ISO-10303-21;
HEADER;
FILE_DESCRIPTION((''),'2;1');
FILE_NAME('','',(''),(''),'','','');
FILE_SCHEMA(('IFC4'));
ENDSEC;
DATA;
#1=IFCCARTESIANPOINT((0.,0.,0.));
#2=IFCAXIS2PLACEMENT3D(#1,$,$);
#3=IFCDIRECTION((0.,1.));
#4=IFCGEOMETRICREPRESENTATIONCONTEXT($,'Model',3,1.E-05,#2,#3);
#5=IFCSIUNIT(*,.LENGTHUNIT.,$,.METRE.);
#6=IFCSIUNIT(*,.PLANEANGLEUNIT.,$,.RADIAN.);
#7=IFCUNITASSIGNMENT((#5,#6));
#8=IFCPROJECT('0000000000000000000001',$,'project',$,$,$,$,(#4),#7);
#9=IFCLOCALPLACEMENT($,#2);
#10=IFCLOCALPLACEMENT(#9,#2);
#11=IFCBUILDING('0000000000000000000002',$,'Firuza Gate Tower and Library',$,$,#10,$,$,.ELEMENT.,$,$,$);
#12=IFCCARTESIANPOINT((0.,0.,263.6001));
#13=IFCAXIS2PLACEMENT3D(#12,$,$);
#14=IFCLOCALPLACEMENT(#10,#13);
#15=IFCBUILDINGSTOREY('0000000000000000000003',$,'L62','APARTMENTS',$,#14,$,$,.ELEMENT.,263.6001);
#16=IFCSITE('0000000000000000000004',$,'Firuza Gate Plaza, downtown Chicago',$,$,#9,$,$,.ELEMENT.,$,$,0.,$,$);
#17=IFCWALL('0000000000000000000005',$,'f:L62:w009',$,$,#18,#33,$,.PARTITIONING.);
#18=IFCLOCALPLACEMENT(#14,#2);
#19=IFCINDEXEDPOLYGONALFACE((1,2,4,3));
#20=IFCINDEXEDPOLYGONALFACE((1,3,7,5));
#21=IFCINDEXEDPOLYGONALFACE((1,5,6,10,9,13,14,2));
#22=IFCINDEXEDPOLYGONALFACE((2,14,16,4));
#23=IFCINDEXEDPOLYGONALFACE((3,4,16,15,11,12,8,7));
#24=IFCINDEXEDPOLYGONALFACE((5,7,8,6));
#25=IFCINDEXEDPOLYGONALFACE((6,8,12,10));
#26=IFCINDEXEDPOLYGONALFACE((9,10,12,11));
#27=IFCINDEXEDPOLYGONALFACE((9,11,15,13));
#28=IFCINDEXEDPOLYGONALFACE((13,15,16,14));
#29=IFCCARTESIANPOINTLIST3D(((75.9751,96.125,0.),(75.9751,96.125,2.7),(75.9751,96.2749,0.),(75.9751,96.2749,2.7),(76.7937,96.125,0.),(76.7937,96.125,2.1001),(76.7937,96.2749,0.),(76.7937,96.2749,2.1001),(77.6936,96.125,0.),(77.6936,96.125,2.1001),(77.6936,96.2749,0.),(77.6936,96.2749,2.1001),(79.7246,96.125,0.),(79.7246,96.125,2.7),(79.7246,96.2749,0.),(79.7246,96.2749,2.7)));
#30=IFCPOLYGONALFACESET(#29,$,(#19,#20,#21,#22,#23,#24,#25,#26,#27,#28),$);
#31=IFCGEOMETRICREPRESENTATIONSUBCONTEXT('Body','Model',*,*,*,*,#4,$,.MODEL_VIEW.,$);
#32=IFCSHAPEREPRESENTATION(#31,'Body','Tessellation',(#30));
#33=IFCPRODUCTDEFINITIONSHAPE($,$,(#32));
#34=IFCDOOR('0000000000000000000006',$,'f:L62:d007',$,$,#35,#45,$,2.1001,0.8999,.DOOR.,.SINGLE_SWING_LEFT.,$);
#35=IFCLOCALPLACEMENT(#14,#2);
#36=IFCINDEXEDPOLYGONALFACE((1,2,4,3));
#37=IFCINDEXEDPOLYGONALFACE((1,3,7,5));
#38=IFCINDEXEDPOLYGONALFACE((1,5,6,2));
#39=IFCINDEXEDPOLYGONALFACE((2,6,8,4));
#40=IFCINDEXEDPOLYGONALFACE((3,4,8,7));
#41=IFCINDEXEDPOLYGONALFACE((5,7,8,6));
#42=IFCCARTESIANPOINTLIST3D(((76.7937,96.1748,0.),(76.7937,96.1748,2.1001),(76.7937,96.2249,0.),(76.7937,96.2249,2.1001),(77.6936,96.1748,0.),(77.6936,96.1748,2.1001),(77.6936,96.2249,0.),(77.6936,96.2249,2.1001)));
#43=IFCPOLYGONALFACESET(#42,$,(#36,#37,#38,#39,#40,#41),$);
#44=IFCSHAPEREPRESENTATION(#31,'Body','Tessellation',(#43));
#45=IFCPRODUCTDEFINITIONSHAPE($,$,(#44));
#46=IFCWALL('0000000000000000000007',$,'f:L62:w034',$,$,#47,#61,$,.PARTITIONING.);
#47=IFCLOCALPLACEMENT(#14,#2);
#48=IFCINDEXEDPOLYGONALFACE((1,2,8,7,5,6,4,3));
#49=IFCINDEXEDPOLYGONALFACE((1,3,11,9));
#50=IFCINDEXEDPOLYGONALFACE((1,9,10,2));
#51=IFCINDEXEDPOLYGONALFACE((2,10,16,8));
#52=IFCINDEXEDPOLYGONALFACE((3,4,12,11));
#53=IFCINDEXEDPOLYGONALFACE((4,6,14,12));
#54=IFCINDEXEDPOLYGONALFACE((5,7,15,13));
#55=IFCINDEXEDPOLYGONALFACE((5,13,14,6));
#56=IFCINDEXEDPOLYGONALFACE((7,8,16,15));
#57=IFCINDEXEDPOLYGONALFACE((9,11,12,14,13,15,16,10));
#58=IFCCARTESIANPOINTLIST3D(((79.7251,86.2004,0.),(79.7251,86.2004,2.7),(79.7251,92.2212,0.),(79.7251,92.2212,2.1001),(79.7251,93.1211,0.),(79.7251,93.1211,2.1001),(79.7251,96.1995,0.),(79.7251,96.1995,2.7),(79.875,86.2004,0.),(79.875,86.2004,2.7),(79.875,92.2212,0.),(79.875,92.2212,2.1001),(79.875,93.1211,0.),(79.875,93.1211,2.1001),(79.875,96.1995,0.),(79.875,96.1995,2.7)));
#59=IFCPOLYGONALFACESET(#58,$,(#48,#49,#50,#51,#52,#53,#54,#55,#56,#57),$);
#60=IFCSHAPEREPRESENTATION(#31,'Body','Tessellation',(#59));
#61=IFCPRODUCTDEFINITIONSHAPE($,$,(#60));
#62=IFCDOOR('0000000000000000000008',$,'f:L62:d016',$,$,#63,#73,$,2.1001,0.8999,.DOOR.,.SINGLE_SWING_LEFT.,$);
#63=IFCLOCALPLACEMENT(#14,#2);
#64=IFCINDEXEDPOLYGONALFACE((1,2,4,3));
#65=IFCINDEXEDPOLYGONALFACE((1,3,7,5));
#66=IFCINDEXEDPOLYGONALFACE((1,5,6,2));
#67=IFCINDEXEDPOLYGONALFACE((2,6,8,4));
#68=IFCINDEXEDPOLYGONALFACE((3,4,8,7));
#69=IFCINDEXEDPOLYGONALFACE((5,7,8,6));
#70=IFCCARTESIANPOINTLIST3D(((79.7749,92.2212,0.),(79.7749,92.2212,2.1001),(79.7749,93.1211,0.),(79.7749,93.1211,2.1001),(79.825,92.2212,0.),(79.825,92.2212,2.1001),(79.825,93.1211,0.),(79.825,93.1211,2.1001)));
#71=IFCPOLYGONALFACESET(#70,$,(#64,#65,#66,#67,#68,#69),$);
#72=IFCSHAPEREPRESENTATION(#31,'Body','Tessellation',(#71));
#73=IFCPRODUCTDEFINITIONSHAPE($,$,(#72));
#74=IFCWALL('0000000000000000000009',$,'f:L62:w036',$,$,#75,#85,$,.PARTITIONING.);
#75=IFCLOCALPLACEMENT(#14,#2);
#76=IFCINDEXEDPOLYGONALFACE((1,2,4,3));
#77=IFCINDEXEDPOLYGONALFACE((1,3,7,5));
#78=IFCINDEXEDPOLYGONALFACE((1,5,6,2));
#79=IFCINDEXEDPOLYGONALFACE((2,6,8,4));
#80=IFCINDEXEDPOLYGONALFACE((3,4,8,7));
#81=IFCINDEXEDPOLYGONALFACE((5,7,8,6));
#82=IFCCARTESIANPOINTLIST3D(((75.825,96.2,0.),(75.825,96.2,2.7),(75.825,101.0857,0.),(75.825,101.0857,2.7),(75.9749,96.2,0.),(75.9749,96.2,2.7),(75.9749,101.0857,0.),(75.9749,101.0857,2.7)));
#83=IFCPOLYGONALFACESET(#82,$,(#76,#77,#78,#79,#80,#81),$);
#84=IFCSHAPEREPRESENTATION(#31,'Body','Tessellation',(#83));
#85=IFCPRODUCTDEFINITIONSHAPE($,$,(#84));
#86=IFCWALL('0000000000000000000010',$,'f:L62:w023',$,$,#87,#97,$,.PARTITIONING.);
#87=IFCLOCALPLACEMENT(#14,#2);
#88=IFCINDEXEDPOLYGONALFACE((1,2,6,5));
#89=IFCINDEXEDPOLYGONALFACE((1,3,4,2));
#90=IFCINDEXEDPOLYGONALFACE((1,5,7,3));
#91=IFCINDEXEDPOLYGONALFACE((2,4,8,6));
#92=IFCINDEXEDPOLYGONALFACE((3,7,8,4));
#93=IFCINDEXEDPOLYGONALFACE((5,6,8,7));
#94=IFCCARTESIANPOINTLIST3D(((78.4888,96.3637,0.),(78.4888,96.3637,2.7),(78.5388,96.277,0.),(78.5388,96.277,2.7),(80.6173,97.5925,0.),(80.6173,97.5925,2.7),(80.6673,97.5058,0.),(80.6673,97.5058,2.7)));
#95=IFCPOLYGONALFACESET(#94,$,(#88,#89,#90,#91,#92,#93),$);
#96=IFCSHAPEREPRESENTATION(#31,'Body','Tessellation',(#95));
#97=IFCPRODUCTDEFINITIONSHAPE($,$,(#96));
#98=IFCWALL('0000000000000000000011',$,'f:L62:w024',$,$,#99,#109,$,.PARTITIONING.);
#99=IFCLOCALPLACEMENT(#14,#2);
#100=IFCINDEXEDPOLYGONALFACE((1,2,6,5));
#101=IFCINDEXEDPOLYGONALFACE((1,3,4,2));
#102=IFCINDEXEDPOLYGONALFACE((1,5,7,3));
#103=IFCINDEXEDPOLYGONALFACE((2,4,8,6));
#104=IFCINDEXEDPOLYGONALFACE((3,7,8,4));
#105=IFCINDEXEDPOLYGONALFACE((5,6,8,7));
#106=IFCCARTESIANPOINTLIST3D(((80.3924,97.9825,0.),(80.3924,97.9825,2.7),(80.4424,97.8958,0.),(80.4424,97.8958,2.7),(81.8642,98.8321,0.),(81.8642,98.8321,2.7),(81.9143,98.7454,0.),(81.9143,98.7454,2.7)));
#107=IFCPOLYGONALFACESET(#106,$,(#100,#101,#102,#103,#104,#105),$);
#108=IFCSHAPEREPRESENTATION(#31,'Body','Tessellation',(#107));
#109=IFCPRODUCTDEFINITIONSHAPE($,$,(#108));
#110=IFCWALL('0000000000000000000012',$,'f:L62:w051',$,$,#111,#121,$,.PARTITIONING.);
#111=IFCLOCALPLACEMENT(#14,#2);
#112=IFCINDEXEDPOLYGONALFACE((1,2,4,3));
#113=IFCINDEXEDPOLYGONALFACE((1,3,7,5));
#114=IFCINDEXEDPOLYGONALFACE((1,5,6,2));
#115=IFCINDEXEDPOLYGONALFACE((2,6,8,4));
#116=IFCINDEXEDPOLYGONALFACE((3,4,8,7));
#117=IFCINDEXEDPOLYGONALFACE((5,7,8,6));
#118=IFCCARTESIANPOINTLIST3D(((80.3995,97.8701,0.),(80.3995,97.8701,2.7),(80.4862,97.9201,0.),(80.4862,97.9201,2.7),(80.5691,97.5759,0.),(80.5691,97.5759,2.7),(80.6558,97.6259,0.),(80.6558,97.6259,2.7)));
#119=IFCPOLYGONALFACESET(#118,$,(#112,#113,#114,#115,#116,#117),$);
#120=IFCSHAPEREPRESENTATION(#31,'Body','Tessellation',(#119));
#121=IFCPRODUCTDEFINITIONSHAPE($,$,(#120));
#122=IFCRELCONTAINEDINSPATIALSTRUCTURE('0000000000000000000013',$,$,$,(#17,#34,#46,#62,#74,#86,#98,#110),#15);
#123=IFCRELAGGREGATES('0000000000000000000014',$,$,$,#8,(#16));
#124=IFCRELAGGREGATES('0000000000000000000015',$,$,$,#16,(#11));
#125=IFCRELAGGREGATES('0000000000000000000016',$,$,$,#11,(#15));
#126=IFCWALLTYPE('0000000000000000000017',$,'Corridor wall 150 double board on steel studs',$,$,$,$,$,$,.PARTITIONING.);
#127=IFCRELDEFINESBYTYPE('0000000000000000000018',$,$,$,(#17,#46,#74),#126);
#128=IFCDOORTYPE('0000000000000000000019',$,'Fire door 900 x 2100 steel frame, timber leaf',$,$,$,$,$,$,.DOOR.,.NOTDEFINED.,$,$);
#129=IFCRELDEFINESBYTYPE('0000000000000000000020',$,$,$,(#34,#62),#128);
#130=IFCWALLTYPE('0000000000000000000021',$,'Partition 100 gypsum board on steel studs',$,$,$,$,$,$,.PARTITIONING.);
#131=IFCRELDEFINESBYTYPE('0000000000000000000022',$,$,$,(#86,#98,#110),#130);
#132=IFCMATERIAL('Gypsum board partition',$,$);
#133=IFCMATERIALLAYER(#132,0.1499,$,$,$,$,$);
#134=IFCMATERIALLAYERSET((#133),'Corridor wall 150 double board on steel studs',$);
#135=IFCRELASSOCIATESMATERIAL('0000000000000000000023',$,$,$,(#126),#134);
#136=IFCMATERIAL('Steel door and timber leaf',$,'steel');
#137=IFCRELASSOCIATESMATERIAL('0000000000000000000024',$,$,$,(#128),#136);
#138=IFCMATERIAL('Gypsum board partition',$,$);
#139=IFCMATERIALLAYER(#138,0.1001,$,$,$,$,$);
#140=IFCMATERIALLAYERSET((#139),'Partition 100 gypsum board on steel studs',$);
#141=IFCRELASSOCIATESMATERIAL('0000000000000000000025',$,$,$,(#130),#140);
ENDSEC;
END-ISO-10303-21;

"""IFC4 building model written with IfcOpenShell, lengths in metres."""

from ifc_helpers import new_model, si_unit, direction, frame, frame_2d, origin, place, context, subcontext, project, spatial, rectangle, extrude, material, layer, layer_set, type_object, element, fill, save


model = new_model("IFC4")

# Units and contexts
model_context = context("Model", 3, precision=1e-05, world=origin(), true_north=direction((0.0, 1.0)))
body_context = subcontext(model_context, "Body", "Model", "MODEL_VIEW")
ifc_project = project(units=[si_unit("LENGTHUNIT", "METRE"), si_unit("PLANEANGLEUNIT", "RADIAN")], contexts=[model_context])

# Site, building, storey
site_placement = place(None, origin())
site = spatial("IfcSite", under=ifc_project, at=site_placement, Name="Firuza Gate Plaza, downtown Chicago", CompositionType="ELEMENT", RefElevation=0.0)
building_placement = place(site_placement, origin())
building = spatial("IfcBuilding", under=site, at=building_placement, Name="Firuza Gate Tower and Library", CompositionType="ELEMENT")
storey_placement = place(building_placement, frame((0.0, 0.0, 263.6001)))
storey = spatial("IfcBuildingStorey", under=building, at=storey_placement, Name="L62", Description="APARTMENTS", CompositionType="ELEMENT", Elevation=263.6001)

# Walls, openings, doors
ifc_material_1 = material(Name="Gypsum board partition")
ifc_layer_1 = layer(ifc_material_1, 0.1499)
ifc_layer_set_1 = layer_set([ifc_layer_1], Name="Corridor wall 150 double board on steel studs")
wall_type_1 = type_object("IfcWallType", Name="Corridor wall 150 double board on steel studs", PredefinedType="PARTITIONING", material=ifc_layer_set_1)
wall_1_placement = place(storey_placement, frame((75.9751, 96.2, 0.0), z_axis=(0.0, 0.0, 1.0), x_axis=(1.0, 0.0, 0.0)))
wall_1 = element("IfcWall", 1, at=wall_1_placement, inside=storey, type_object=wall_type_1, Name="f:L62:w009", PredefinedType="PARTITIONING", context=body_context, shape_type="SweptSolid", body=[
    extrude(rectangle(XDim=3.7495, YDim=0.1499, at=frame_2d((1.8748, 0.0))), origin(), (0.0, 0.0, 1.0), 2.7),
])
opening_1_placement = place(wall_1_placement, frame((0.8186, 0.0, 0.0)))
opening_1 = element("IfcOpeningElement", 2, at=opening_1_placement, cuts=wall_1, PredefinedType="OPENING", context=body_context, shape_type="SweptSolid", body=[
    extrude(rectangle(XDim=0.8999, YDim=2.1001, at=frame_2d((0.45, 1.05))), frame((0.0, 0.085, 0.0), z_axis=(0.0, -1.0, 0.0), x_axis=(1.0, 0.0, 0.0)), (0.0, 0.0, 1.0), 0.1699),
])
ifc_material_2 = material(Name="Steel door and timber leaf", Category="steel")
door_type = type_object("IfcDoorType", Name="Fire door 900 x 2100 steel frame, timber leaf", OperationType="NOTDEFINED", PredefinedType="DOOR", material=ifc_material_2)
door_1_placement = place(opening_1_placement, origin())
door_1 = element("IfcDoor", 3, at=door_1_placement, inside=storey, type_object=door_type, Name="f:L62:d007", OperationType="SINGLE_SWING_LEFT", OverallHeight=2.1001, OverallWidth=0.8999, PredefinedType="DOOR", context=body_context, shape_type="SweptSolid", body=[
    extrude(rectangle(XDim=0.8999, YDim=2.1001, at=frame_2d((0.45, 1.05))), frame((0.0, 0.0249, 0.0), z_axis=(0.0, -1.0, 0.0), x_axis=(1.0, 0.0, 0.0)), (0.0, 0.0, 1.0), 0.05),
])
fill(opening_1, door_1)
wall_2_placement = place(storey_placement, frame((79.8, 96.1995, 0.0), z_axis=(0.0, 0.0, 1.0), x_axis=(0.0, -1.0, 0.0)))
wall_2 = element("IfcWall", 4, at=wall_2_placement, inside=storey, type_object=wall_type_1, Name="f:L62:w034", PredefinedType="PARTITIONING", context=body_context, shape_type="SweptSolid", body=[
    extrude(rectangle(XDim=9.999, YDim=0.1499, at=frame_2d((4.9995, 0.0))), origin(), (0.0, 0.0, 1.0), 2.7),
])
opening_2_placement = place(wall_2_placement, frame((3.0784, 0.0, 0.0)))
opening_2 = element("IfcOpeningElement", 5, at=opening_2_placement, cuts=wall_2, PredefinedType="OPENING", context=body_context, shape_type="SweptSolid", body=[
    extrude(rectangle(XDim=0.8999, YDim=2.1001, at=frame_2d((0.45, 1.05))), frame((0.0, 0.085, 0.0), z_axis=(0.0, -1.0, 0.0), x_axis=(1.0, 0.0, 0.0)), (0.0, 0.0, 1.0), 0.1699),
])
door_2_placement = place(opening_2_placement, origin())
door_2 = element("IfcDoor", 6, at=door_2_placement, inside=storey, type_object=door_type, Name="f:L62:d016", OperationType="SINGLE_SWING_LEFT", OverallHeight=2.1001, OverallWidth=0.8999, PredefinedType="DOOR", context=body_context, shape_type="SweptSolid", body=[
    extrude(rectangle(XDim=0.8999, YDim=2.1001, at=frame_2d((0.45, 1.05))), frame((0.0, 0.0249, 0.0), z_axis=(0.0, -1.0, 0.0), x_axis=(1.0, 0.0, 0.0)), (0.0, 0.0, 1.0), 0.05),
])
fill(opening_2, door_2)

# Walls
wall_3_placement = place(storey_placement, frame((75.8999, 96.2, 0.0), z_axis=(0.0, 0.0, 1.0), x_axis=(0.0, 1.0, 0.0)))
element("IfcWall", 7, at=wall_3_placement, inside=storey, type_object=wall_type_1, Name="f:L62:w036", PredefinedType="PARTITIONING", context=body_context, shape_type="SweptSolid", body=[
    extrude(rectangle(XDim=4.8857, YDim=0.1499, at=frame_2d((2.4429, 0.0))), origin(), (0.0, 0.0, 1.0), 2.7),
])
ifc_material_3 = material(Name="Gypsum board partition")
ifc_layer_2 = layer(ifc_material_3, 0.1001)
ifc_layer_set_2 = layer_set([ifc_layer_2], Name="Partition 100 gypsum board on steel studs")
wall_type_2 = type_object("IfcWallType", Name="Partition 100 gypsum board on steel studs", PredefinedType="PARTITIONING", material=ifc_layer_set_2)
wall_4_placement = place(storey_placement, frame((78.5137, 96.3203, 0.0), z_axis=(0.0, 0.0, 1.0), x_axis=(0.86604, 0.499975, 0.0)))
element("IfcWall", 8, at=wall_4_placement, inside=storey, type_object=wall_type_2, Name="f:L62:w023", PredefinedType="PARTITIONING", context=body_context, shape_type="SweptSolid", body=[
    extrude(rectangle(XDim=2.4578, YDim=0.1001, at=frame_2d((1.229, 0.0))), origin(), (0.0, 0.0, 1.0), 2.7),
])
wall_5_placement = place(storey_placement, frame((80.4175, 97.9392, 0.0), z_axis=(0.0, 0.0, 1.0), x_axis=(0.866078, 0.499909, 0.0)))
element("IfcWall", 9, at=wall_5_placement, inside=storey, type_object=wall_type_2, Name="f:L62:w024", PredefinedType="PARTITIONING", context=body_context, shape_type="SweptSolid", body=[
    extrude(rectangle(XDim=1.6995, YDim=0.1001, at=frame_2d((0.8496, 0.0))), origin(), (0.0, 0.0, 1.0), 2.7),
])
wall_6_placement = place(storey_placement, frame((80.6125, 97.6008, 0.0), z_axis=(0.0, 0.0, 1.0), x_axis=(-0.499619, 0.866245, 0.0)))
element("IfcWall", 10, at=wall_6_placement, inside=storey, type_object=wall_type_2, Name="f:L62:w051", PredefinedType="PARTITIONING", context=body_context, shape_type="SweptSolid", body=[
    extrude(rectangle(XDim=0.3396, YDim=0.1001, at=frame_2d((0.1699, 0.0))), origin(), (0.0, 0.0, 1.0), 2.7),
])

save(model, "model.ifc")
